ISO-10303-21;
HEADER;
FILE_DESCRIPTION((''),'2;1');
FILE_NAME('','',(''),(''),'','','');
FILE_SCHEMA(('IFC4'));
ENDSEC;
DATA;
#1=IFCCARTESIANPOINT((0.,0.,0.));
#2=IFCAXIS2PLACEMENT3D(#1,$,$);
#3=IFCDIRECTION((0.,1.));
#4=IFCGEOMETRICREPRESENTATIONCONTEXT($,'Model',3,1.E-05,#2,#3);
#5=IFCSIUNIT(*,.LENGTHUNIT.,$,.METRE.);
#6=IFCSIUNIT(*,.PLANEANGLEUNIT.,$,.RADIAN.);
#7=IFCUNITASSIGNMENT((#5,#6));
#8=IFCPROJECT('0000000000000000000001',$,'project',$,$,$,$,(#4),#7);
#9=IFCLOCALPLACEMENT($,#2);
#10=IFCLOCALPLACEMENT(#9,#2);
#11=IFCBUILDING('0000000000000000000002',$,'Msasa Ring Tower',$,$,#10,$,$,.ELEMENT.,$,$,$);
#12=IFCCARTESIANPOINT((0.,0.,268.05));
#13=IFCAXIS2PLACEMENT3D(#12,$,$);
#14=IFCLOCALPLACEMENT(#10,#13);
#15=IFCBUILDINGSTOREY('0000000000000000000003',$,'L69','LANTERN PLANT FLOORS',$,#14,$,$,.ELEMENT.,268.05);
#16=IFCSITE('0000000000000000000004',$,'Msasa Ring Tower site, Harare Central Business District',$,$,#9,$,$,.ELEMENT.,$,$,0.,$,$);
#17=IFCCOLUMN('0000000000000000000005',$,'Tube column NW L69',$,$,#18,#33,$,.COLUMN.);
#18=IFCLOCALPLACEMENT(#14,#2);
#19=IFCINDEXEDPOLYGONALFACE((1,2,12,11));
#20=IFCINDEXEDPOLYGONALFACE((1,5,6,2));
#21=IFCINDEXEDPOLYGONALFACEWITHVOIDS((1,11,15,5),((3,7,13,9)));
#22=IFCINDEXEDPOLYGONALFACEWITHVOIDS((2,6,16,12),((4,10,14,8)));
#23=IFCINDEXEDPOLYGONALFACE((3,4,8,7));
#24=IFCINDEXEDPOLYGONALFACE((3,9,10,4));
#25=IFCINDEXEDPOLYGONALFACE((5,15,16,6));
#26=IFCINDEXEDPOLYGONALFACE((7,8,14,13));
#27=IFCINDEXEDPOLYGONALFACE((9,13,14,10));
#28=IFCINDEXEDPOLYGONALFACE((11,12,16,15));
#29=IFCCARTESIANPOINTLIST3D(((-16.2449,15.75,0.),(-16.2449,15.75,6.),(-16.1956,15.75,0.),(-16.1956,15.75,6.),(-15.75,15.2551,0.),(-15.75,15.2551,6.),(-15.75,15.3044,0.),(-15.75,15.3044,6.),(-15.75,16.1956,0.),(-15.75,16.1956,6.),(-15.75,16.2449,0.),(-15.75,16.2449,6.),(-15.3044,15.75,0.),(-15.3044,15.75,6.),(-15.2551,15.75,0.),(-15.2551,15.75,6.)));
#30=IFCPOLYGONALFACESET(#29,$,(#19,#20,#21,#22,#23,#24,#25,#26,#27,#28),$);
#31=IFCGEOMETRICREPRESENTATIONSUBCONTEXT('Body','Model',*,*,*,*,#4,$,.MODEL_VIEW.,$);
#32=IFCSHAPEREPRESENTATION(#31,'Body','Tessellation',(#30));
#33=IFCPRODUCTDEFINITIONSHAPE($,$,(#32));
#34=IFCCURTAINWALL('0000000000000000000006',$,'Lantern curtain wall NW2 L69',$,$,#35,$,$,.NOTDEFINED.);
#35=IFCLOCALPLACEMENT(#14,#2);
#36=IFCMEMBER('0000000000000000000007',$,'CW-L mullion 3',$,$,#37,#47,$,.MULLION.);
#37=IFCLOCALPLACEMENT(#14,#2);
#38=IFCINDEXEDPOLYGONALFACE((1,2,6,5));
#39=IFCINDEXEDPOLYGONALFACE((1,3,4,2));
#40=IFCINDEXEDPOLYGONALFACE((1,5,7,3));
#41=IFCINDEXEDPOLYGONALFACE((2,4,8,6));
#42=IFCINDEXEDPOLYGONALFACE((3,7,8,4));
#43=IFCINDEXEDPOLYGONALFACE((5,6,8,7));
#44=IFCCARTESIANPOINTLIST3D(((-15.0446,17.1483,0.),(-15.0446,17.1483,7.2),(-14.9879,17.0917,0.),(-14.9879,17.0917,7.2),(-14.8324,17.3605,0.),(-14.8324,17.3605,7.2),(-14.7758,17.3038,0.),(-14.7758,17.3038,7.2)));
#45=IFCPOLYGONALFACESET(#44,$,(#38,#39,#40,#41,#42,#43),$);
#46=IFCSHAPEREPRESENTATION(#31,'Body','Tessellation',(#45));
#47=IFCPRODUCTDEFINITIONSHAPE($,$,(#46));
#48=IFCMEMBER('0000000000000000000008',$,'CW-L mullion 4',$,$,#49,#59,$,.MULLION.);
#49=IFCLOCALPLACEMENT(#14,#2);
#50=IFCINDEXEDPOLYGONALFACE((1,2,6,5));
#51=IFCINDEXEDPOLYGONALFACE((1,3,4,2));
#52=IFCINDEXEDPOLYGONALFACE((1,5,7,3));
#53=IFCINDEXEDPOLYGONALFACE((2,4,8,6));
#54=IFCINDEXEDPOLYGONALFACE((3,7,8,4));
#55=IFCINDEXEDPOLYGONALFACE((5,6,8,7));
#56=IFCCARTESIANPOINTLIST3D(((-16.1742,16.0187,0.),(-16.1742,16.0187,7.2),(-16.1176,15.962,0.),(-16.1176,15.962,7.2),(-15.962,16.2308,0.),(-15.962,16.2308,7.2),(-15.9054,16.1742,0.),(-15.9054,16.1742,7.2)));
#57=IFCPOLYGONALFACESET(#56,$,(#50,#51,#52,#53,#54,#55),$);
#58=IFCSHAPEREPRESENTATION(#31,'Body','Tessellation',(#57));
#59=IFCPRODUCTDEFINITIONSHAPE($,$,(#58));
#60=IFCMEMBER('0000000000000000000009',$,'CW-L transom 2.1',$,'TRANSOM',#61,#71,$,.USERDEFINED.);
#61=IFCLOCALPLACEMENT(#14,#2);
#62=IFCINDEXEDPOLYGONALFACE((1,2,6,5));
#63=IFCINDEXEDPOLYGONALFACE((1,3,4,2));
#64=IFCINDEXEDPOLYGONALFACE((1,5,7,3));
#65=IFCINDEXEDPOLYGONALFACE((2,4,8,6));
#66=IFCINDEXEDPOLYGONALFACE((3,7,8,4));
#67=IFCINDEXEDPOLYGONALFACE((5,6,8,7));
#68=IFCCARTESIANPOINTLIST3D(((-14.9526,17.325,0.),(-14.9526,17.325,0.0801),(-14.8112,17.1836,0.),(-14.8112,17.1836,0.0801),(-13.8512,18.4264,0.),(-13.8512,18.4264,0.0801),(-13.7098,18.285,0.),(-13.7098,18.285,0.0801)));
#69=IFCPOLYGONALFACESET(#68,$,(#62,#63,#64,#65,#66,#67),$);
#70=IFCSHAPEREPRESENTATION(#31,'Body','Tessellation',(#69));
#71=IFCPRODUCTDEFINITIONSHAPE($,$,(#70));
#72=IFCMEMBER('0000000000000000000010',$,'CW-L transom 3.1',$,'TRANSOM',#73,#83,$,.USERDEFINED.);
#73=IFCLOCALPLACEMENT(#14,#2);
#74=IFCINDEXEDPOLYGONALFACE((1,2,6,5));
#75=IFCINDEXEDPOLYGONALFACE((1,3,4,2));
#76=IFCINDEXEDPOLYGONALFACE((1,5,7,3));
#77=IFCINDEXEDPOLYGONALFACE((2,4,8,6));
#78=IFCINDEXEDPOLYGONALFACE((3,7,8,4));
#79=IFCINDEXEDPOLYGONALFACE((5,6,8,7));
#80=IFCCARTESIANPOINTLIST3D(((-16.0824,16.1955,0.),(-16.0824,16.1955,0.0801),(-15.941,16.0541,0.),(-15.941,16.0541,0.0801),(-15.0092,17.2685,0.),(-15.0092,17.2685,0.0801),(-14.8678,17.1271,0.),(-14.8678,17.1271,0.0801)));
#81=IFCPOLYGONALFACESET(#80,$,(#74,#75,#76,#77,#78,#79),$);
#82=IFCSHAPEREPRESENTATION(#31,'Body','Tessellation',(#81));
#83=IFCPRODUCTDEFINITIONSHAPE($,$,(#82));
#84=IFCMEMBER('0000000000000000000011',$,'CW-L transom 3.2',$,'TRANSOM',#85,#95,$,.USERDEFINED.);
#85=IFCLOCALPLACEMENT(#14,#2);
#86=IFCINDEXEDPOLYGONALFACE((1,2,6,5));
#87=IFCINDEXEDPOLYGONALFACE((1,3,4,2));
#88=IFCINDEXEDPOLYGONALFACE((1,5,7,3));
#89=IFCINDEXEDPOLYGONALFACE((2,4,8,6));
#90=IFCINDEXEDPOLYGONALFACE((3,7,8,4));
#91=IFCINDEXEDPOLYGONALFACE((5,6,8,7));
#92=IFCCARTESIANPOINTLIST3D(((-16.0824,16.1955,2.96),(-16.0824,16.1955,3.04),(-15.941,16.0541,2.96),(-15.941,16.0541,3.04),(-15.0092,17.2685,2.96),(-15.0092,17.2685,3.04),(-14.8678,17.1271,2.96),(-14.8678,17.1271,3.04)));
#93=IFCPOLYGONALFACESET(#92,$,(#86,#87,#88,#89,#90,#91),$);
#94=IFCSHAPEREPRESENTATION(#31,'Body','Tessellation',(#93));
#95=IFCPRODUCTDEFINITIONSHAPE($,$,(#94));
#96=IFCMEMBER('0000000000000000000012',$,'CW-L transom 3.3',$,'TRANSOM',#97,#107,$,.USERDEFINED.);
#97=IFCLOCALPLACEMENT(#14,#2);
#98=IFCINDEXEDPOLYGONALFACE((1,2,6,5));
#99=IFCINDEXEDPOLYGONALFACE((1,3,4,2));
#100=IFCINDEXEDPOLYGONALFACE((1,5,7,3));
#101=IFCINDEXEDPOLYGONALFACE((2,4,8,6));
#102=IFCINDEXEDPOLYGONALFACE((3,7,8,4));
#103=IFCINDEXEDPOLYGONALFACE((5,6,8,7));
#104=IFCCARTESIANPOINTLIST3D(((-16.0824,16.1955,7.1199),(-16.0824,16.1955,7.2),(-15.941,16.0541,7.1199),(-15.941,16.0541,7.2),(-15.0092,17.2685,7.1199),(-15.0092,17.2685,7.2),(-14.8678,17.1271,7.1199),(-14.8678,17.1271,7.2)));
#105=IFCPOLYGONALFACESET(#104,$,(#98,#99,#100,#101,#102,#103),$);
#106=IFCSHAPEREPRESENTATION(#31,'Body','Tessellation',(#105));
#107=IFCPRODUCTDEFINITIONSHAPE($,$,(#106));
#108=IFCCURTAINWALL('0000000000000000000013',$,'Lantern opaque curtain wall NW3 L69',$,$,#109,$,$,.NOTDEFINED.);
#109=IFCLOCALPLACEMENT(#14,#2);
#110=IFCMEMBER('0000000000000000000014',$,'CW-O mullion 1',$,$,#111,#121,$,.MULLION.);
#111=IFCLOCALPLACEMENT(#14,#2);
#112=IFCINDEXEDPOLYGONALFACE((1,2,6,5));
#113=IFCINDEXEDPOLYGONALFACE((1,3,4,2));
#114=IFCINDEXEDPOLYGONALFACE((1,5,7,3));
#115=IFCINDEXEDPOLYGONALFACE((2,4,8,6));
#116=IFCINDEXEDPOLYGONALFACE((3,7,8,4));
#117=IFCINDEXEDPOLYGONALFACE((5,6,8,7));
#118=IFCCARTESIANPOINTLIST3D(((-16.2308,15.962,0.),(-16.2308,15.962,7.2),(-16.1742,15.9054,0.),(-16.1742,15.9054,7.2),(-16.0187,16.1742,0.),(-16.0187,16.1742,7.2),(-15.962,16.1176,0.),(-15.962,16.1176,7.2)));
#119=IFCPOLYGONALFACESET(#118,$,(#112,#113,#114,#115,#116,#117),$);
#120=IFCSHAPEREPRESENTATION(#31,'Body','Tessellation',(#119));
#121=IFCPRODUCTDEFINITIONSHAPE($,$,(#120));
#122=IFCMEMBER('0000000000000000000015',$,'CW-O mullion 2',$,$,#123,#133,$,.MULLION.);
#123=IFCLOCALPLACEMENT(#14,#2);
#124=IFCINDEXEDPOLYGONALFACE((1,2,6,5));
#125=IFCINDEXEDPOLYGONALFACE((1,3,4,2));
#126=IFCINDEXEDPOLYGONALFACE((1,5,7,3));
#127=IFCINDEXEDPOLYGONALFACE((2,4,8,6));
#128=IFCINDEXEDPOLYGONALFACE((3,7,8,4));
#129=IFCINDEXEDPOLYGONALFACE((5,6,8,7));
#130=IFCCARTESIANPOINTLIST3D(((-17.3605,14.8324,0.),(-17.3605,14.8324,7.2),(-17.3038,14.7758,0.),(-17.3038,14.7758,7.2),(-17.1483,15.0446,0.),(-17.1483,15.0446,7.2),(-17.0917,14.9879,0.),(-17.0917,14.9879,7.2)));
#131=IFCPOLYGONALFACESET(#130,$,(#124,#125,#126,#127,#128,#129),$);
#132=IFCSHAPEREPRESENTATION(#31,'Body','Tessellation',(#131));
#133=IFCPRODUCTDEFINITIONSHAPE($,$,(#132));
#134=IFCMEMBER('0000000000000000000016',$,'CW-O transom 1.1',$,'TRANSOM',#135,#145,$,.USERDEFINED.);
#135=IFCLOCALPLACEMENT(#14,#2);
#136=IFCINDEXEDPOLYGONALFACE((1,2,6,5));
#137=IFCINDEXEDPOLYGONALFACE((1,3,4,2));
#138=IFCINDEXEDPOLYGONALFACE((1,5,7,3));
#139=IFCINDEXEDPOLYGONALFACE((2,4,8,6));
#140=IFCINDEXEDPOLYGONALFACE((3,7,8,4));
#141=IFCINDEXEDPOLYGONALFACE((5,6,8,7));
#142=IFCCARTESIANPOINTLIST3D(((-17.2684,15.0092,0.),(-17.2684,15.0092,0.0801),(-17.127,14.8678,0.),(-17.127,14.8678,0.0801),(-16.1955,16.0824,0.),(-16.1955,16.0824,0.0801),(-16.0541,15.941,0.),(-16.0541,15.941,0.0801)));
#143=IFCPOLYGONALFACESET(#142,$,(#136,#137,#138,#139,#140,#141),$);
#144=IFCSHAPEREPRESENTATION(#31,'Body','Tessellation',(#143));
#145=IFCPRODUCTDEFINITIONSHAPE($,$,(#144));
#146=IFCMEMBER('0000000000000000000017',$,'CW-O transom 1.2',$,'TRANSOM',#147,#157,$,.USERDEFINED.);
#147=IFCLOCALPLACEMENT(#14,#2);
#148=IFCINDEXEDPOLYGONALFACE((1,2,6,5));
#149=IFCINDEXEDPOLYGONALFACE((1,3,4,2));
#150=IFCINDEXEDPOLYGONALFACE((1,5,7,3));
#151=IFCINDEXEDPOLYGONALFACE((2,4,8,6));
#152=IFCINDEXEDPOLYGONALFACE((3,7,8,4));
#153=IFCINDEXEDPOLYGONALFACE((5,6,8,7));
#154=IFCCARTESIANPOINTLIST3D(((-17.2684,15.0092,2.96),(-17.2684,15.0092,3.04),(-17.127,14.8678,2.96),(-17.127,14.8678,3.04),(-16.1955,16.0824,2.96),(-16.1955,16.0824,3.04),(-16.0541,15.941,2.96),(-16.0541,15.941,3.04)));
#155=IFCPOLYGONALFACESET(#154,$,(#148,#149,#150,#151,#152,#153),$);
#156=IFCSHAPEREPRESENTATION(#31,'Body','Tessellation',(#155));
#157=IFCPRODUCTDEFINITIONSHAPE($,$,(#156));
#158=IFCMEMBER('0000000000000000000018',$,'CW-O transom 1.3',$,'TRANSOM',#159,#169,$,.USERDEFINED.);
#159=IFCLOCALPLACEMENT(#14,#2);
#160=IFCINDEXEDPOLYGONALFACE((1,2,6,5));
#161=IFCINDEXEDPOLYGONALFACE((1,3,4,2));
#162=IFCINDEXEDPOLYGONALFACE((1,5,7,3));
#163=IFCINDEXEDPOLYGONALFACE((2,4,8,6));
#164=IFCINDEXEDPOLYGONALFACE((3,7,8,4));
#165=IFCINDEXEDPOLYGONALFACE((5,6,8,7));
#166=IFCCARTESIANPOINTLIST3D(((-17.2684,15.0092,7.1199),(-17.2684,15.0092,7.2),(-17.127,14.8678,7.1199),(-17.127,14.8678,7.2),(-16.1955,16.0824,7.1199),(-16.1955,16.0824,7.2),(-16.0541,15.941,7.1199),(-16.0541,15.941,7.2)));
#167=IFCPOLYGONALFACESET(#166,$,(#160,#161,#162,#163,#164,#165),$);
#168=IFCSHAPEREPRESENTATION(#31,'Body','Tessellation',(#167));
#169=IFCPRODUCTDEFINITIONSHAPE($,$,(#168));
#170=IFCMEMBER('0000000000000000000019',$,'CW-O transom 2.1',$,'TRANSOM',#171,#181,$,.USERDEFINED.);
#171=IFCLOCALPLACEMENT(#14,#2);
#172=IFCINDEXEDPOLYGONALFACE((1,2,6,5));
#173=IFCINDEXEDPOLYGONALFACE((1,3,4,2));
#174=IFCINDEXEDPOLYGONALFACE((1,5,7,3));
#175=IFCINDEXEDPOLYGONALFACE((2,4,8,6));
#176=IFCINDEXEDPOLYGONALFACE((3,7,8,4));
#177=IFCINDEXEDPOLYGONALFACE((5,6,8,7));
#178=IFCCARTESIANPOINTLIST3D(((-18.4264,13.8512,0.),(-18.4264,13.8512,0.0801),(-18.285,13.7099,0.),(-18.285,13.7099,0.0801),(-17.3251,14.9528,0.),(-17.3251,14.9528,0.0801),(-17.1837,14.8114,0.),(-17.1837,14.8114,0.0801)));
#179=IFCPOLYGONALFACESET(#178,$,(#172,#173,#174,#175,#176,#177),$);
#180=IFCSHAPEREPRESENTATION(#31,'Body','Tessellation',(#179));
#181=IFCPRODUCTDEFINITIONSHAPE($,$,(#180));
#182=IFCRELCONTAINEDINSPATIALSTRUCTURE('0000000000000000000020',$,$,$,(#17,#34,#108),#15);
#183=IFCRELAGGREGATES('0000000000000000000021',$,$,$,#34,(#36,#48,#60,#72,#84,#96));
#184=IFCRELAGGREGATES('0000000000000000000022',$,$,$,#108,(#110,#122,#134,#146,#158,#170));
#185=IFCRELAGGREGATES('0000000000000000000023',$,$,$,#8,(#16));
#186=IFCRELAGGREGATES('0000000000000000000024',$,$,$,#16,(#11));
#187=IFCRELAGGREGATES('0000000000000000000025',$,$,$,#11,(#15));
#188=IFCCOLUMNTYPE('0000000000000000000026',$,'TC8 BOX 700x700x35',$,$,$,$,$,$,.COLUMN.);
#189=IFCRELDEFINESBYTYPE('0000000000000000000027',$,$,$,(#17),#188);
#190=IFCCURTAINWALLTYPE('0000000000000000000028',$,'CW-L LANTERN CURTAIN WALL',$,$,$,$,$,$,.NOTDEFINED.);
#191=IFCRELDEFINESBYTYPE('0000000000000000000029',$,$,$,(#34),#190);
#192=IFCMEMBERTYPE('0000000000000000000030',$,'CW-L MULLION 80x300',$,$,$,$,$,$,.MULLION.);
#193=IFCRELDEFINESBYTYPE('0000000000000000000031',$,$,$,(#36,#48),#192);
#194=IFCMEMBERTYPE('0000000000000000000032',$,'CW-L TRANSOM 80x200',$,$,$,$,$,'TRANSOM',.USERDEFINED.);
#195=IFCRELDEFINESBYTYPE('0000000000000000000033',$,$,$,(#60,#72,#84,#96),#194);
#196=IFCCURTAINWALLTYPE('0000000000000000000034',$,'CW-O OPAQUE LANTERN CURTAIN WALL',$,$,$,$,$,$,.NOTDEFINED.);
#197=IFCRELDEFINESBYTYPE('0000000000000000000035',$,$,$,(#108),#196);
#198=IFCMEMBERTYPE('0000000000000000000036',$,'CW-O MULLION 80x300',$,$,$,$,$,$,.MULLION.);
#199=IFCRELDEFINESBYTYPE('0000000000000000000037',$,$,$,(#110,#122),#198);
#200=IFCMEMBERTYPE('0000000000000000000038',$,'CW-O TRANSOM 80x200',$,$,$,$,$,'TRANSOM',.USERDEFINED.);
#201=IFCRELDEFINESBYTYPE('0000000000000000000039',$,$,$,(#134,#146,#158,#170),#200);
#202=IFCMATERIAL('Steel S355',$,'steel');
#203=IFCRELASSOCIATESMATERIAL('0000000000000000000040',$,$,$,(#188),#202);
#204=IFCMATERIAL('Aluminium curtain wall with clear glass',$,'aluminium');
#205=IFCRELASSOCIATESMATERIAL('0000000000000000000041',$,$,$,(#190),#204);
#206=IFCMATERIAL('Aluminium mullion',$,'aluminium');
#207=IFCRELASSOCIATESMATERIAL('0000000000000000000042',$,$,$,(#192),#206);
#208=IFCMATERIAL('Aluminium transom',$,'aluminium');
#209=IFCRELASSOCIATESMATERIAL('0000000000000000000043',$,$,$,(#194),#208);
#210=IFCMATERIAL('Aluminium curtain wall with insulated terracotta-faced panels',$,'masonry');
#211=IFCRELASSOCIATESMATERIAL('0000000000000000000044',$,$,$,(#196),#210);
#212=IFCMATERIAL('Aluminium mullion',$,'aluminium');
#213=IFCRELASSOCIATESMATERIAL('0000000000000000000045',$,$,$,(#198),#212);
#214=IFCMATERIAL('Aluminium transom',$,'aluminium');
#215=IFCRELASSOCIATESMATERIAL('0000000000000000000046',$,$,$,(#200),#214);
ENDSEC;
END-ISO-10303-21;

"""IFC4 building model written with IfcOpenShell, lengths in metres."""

from ifc_helpers import new_model, si_unit, direction, frame, origin, origin_2d, place, context, subcontext, project, spatial, rectangle, hollow_rectangle, extrude, material, material_profile, profile_set, type_object, element, aggregate, save


model = new_model("IFC4")

# Units and contexts
model_context = context("Model", 3, precision=1e-05, world=origin(), true_north=direction((0.0, 1.0)))
body_context = subcontext(model_context, "Body", "Model", "MODEL_VIEW")
ifc_project = project(units=[si_unit("LENGTHUNIT", "METRE"), si_unit("PLANEANGLEUNIT", "RADIAN")], contexts=[model_context])

# Site, building, storey
site_placement = place(None, origin())
site = spatial("IfcSite", under=ifc_project, at=site_placement, Name="Msasa Ring Tower site, Harare Central Business District", CompositionType="ELEMENT", RefElevation=0.0)
building_placement = place(site_placement, origin())
building = spatial("IfcBuilding", under=site, at=building_placement, Name="Msasa Ring Tower", CompositionType="ELEMENT")
storey_placement = place(building_placement, frame((0.0, 0.0, 268.05)))
storey = spatial("IfcBuildingStorey", under=building, at=storey_placement, Name="L69", Description="LANTERN PLANT FLOORS", CompositionType="ELEMENT", Elevation=268.05)

# Column
ifc_material_1 = material(Name="Steel S355", Category="steel")
ifc_material_profile_1 = material_profile(ifc_material_1, hollow_rectangle(XDim=0.7, YDim=0.7, WallThickness=0.0349, at=origin_2d()), Name="BOX 700x700x35")
ifc_profile_set_1 = profile_set([ifc_material_profile_1], Name="Steel S355")
column_type = type_object("IfcColumnType", Name="TC8 BOX 700x700x35", PredefinedType="COLUMN", material=ifc_profile_set_1)
column_placement = place(storey_placement, frame((-15.75, 15.75, 0.0), z_axis=(0.0, 0.0, 1.0), x_axis=(0.707107, -0.707107, 0.0)))
element("IfcColumn", 1, at=column_placement, inside=storey, type_object=column_type, Name="Tube column NW L69", PredefinedType="COLUMN", context=body_context, shape_type="SweptSolid", body=[
    extrude(hollow_rectangle(XDim=0.7, YDim=0.7, WallThickness=0.0349, at=origin_2d()), origin(), (0.0, 0.0, 1.0), 6.0),
])

# Curtain walls, members
ifc_material_2 = material(Name="Aluminium curtain wall with clear glass", Category="aluminium")
curtain_wall_type_1 = type_object("IfcCurtainWallType", Name="CW-L LANTERN CURTAIN WALL", PredefinedType="NOTDEFINED", material=ifc_material_2)
curtain_wall_1_placement = place(storey_placement, origin())
curtain_wall_1 = element("IfcCurtainWall", 2, at=curtain_wall_1_placement, inside=storey, type_object=curtain_wall_type_1, Name="Lantern curtain wall NW2 L69", PredefinedType="NOTDEFINED")
ifc_material_3 = material(Name="Aluminium mullion", Category="aluminium")
ifc_material_profile_2 = material_profile(ifc_material_3, rectangle(XDim=0.0801, YDim=0.3, at=origin_2d()), Name="AL 80x300")
ifc_profile_set_2 = profile_set([ifc_material_profile_2], Name="Aluminium mullion")
member_type_1 = type_object("IfcMemberType", Name="CW-L MULLION 80x300", PredefinedType="MULLION", material=ifc_profile_set_2)
member_1_placement = place(storey_placement, frame((-14.9102, 17.2261, 0.0), z_axis=(0.0, 0.0, 1.0), x_axis=(0.707097, -0.707117, 0.0)))
member_1 = element("IfcMember", 3, at=member_1_placement, type_object=member_type_1, Name="CW-L mullion 3", PredefinedType="MULLION", context=body_context, shape_type="SweptSolid", body=[
    extrude(rectangle(XDim=0.0801, YDim=0.3, at=origin_2d()), origin(), (0.0, 0.0, 1.0), 7.2),
])
member_2_placement = place(storey_placement, frame((-16.0398, 16.0964, 0.0), z_axis=(0.0, 0.0, 1.0), x_axis=(0.707097, -0.707117, 0.0)))
member_2 = element("IfcMember", 4, at=member_2_placement, type_object=member_type_1, Name="CW-L mullion 4", PredefinedType="MULLION", context=body_context, shape_type="SweptSolid", body=[
    extrude(rectangle(XDim=0.0801, YDim=0.3, at=origin_2d()), origin(), (0.0, 0.0, 1.0), 7.2),
])
ifc_material_4 = material(Name="Aluminium transom", Category="aluminium")
ifc_material_profile_3 = material_profile(ifc_material_4, rectangle(XDim=0.2, YDim=0.0801, at=origin_2d()), Name="AL 80x200")
ifc_profile_set_3 = profile_set([ifc_material_profile_3], Name="Aluminium transom")
member_type_2 = type_object("IfcMemberType", Name="CW-L TRANSOM 80x200", ElementType="TRANSOM", PredefinedType="USERDEFINED", material=ifc_profile_set_3)
member_3_placement = place(storey_placement, frame((-13.7805, 18.3557, 0.04), z_axis=(-0.707107, -0.707107, 0.0), x_axis=(0.707107, -0.707107, 0.0)))
member_3 = element("IfcMember", 5, at=member_3_placement, type_object=member_type_2, Name="CW-L transom 2.1", ObjectType="TRANSOM", PredefinedType="USERDEFINED", context=body_context, shape_type="SweptSolid", body=[
    extrude(rectangle(XDim=0.2, YDim=0.0801, at=origin_2d()), origin(), (0.0, 0.0, 1.0), 1.5576),
])
member_4_placement = place(storey_placement, frame((-14.9385, 17.1978, 0.04), z_axis=(-0.707187, -0.707026, 0.0), x_axis=(0.707026, -0.707187, 0.0)))
member_4 = element("IfcMember", 6, at=member_4_placement, type_object=member_type_2, Name="CW-L transom 3.1", ObjectType="TRANSOM", PredefinedType="USERDEFINED", context=body_context, shape_type="SweptSolid", body=[
    extrude(rectangle(XDim=0.2, YDim=0.0801, at=origin_2d()), origin(), (0.0, 0.0, 1.0), 1.5176),
])
member_5_placement = place(storey_placement, frame((-14.9385, 17.1978, 3.0), z_axis=(-0.707187, -0.707026, 0.0), x_axis=(0.707026, -0.707187, 0.0)))
member_5 = element("IfcMember", 7, at=member_5_placement, type_object=member_type_2, Name="CW-L transom 3.2", ObjectType="TRANSOM", PredefinedType="USERDEFINED", context=body_context, shape_type="SweptSolid", body=[
    extrude(rectangle(XDim=0.2, YDim=0.0801, at=origin_2d()), origin(), (0.0, 0.0, 1.0), 1.5176),
])
member_6_placement = place(storey_placement, frame((-14.9385, 17.1978, 7.1599), z_axis=(-0.707187, -0.707026, 0.0), x_axis=(0.707026, -0.707187, 0.0)))
member_6 = element("IfcMember", 8, at=member_6_placement, type_object=member_type_2, Name="CW-L transom 3.3", ObjectType="TRANSOM", PredefinedType="USERDEFINED", context=body_context, shape_type="SweptSolid", body=[
    extrude(rectangle(XDim=0.2, YDim=0.0801, at=origin_2d()), origin(), (0.0, 0.0, 1.0), 1.5176),
])
ifc_material_5 = material(Name="Aluminium curtain wall with insulated terracotta-faced panels", Category="masonry")
curtain_wall_type_2 = type_object("IfcCurtainWallType", Name="CW-O OPAQUE LANTERN CURTAIN WALL", PredefinedType="NOTDEFINED", material=ifc_material_5)
curtain_wall_2_placement = place(storey_placement, origin())
curtain_wall_2 = element("IfcCurtainWall", 9, at=curtain_wall_2_placement, inside=storey, type_object=curtain_wall_type_2, Name="Lantern opaque curtain wall NW3 L69", PredefinedType="NOTDEFINED")
ifc_material_6 = material(Name="Aluminium mullion", Category="aluminium")
ifc_material_profile_4 = material_profile(ifc_material_6, rectangle(XDim=0.0801, YDim=0.3, at=origin_2d()), Name="AL 80x300")
ifc_profile_set_4 = profile_set([ifc_material_profile_4], Name="Aluminium mullion")
member_type_3 = type_object("IfcMemberType", Name="CW-O MULLION 80x300", PredefinedType="MULLION", material=ifc_profile_set_4)
member_7_placement = place(storey_placement, frame((-16.0964, 16.0398, 0.0), z_axis=(0.0, 0.0, 1.0), x_axis=(0.707107, -0.707107, 0.0)))
member_7 = element("IfcMember", 10, at=member_7_placement, type_object=member_type_3, Name="CW-O mullion 1", PredefinedType="MULLION", context=body_context, shape_type="SweptSolid", body=[
    extrude(rectangle(XDim=0.0801, YDim=0.3, at=origin_2d()), origin(), (0.0, 0.0, 1.0), 7.2),
])
member_8_placement = place(storey_placement, frame((-17.2261, 14.9102, 0.0), z_axis=(0.0, 0.0, 1.0), x_axis=(0.707107, -0.707107, 0.0)))
member_8 = element("IfcMember", 11, at=member_8_placement, type_object=member_type_3, Name="CW-O mullion 2", PredefinedType="MULLION", context=body_context, shape_type="SweptSolid", body=[
    extrude(rectangle(XDim=0.0801, YDim=0.3, at=origin_2d()), origin(), (0.0, 0.0, 1.0), 7.2),
])
ifc_material_7 = material(Name="Aluminium transom", Category="aluminium")
ifc_material_profile_5 = material_profile(ifc_material_7, rectangle(XDim=0.2, YDim=0.0801, at=origin_2d()), Name="AL 80x200")
ifc_profile_set_5 = profile_set([ifc_material_profile_5], Name="Aluminium transom")
member_type_4 = type_object("IfcMemberType", Name="CW-O TRANSOM 80x200", ElementType="TRANSOM", PredefinedType="USERDEFINED", material=ifc_profile_set_5)
member_9_placement = place(storey_placement, frame((-16.1248, 16.0117, 0.04), z_axis=(-0.707026, -0.707187, 0.0), x_axis=(0.707187, -0.707026, 0.0)))
member_9 = element("IfcMember", 12, at=member_9_placement, type_object=member_type_4, Name="CW-O transom 1.1", ObjectType="TRANSOM", PredefinedType="USERDEFINED", context=body_context, shape_type="SweptSolid", body=[
    extrude(rectangle(XDim=0.2, YDim=0.0801, at=origin_2d()), origin(), (0.0, 0.0, 1.0), 1.5176),
])
member_10_placement = place(storey_placement, frame((-16.1248, 16.0117, 3.0), z_axis=(-0.707026, -0.707187, 0.0), x_axis=(0.707187, -0.707026, 0.0)))
member_10 = element("IfcMember", 13, at=member_10_placement, type_object=member_type_4, Name="CW-O transom 1.2", ObjectType="TRANSOM", PredefinedType="USERDEFINED", context=body_context, shape_type="SweptSolid", body=[
    extrude(rectangle(XDim=0.2, YDim=0.0801, at=origin_2d()), origin(), (0.0, 0.0, 1.0), 1.5176),
])
member_11_placement = place(storey_placement, frame((-16.1248, 16.0117, 7.1599), z_axis=(-0.707026, -0.707187, 0.0), x_axis=(0.707187, -0.707026, 0.0)))
member_11 = element("IfcMember", 14, at=member_11_placement, type_object=member_type_4, Name="CW-O transom 1.3", ObjectType="TRANSOM", PredefinedType="USERDEFINED", context=body_context, shape_type="SweptSolid", body=[
    extrude(rectangle(XDim=0.2, YDim=0.0801, at=origin_2d()), origin(), (0.0, 0.0, 1.0), 1.5176),
])
member_12_placement = place(storey_placement, frame((-17.2544, 14.8821, 0.04), z_axis=(-0.707028, -0.707185, 0.0), x_axis=(0.707185, -0.707028, 0.0)))
member_12 = element("IfcMember", 15, at=member_12_placement, type_object=member_type_4, Name="CW-O transom 2.1", ObjectType="TRANSOM", PredefinedType="USERDEFINED", context=body_context, shape_type="SweptSolid", body=[
    extrude(rectangle(XDim=0.2, YDim=0.0801, at=origin_2d()), origin(), (0.0, 0.0, 1.0), 1.5576),
])

aggregate(curtain_wall_1, [member_1, member_2, member_3, member_4, member_5, member_6])
aggregate(curtain_wall_2, [member_7, member_8, member_9, member_10, member_11, member_12])

save(model, "model.ifc")
